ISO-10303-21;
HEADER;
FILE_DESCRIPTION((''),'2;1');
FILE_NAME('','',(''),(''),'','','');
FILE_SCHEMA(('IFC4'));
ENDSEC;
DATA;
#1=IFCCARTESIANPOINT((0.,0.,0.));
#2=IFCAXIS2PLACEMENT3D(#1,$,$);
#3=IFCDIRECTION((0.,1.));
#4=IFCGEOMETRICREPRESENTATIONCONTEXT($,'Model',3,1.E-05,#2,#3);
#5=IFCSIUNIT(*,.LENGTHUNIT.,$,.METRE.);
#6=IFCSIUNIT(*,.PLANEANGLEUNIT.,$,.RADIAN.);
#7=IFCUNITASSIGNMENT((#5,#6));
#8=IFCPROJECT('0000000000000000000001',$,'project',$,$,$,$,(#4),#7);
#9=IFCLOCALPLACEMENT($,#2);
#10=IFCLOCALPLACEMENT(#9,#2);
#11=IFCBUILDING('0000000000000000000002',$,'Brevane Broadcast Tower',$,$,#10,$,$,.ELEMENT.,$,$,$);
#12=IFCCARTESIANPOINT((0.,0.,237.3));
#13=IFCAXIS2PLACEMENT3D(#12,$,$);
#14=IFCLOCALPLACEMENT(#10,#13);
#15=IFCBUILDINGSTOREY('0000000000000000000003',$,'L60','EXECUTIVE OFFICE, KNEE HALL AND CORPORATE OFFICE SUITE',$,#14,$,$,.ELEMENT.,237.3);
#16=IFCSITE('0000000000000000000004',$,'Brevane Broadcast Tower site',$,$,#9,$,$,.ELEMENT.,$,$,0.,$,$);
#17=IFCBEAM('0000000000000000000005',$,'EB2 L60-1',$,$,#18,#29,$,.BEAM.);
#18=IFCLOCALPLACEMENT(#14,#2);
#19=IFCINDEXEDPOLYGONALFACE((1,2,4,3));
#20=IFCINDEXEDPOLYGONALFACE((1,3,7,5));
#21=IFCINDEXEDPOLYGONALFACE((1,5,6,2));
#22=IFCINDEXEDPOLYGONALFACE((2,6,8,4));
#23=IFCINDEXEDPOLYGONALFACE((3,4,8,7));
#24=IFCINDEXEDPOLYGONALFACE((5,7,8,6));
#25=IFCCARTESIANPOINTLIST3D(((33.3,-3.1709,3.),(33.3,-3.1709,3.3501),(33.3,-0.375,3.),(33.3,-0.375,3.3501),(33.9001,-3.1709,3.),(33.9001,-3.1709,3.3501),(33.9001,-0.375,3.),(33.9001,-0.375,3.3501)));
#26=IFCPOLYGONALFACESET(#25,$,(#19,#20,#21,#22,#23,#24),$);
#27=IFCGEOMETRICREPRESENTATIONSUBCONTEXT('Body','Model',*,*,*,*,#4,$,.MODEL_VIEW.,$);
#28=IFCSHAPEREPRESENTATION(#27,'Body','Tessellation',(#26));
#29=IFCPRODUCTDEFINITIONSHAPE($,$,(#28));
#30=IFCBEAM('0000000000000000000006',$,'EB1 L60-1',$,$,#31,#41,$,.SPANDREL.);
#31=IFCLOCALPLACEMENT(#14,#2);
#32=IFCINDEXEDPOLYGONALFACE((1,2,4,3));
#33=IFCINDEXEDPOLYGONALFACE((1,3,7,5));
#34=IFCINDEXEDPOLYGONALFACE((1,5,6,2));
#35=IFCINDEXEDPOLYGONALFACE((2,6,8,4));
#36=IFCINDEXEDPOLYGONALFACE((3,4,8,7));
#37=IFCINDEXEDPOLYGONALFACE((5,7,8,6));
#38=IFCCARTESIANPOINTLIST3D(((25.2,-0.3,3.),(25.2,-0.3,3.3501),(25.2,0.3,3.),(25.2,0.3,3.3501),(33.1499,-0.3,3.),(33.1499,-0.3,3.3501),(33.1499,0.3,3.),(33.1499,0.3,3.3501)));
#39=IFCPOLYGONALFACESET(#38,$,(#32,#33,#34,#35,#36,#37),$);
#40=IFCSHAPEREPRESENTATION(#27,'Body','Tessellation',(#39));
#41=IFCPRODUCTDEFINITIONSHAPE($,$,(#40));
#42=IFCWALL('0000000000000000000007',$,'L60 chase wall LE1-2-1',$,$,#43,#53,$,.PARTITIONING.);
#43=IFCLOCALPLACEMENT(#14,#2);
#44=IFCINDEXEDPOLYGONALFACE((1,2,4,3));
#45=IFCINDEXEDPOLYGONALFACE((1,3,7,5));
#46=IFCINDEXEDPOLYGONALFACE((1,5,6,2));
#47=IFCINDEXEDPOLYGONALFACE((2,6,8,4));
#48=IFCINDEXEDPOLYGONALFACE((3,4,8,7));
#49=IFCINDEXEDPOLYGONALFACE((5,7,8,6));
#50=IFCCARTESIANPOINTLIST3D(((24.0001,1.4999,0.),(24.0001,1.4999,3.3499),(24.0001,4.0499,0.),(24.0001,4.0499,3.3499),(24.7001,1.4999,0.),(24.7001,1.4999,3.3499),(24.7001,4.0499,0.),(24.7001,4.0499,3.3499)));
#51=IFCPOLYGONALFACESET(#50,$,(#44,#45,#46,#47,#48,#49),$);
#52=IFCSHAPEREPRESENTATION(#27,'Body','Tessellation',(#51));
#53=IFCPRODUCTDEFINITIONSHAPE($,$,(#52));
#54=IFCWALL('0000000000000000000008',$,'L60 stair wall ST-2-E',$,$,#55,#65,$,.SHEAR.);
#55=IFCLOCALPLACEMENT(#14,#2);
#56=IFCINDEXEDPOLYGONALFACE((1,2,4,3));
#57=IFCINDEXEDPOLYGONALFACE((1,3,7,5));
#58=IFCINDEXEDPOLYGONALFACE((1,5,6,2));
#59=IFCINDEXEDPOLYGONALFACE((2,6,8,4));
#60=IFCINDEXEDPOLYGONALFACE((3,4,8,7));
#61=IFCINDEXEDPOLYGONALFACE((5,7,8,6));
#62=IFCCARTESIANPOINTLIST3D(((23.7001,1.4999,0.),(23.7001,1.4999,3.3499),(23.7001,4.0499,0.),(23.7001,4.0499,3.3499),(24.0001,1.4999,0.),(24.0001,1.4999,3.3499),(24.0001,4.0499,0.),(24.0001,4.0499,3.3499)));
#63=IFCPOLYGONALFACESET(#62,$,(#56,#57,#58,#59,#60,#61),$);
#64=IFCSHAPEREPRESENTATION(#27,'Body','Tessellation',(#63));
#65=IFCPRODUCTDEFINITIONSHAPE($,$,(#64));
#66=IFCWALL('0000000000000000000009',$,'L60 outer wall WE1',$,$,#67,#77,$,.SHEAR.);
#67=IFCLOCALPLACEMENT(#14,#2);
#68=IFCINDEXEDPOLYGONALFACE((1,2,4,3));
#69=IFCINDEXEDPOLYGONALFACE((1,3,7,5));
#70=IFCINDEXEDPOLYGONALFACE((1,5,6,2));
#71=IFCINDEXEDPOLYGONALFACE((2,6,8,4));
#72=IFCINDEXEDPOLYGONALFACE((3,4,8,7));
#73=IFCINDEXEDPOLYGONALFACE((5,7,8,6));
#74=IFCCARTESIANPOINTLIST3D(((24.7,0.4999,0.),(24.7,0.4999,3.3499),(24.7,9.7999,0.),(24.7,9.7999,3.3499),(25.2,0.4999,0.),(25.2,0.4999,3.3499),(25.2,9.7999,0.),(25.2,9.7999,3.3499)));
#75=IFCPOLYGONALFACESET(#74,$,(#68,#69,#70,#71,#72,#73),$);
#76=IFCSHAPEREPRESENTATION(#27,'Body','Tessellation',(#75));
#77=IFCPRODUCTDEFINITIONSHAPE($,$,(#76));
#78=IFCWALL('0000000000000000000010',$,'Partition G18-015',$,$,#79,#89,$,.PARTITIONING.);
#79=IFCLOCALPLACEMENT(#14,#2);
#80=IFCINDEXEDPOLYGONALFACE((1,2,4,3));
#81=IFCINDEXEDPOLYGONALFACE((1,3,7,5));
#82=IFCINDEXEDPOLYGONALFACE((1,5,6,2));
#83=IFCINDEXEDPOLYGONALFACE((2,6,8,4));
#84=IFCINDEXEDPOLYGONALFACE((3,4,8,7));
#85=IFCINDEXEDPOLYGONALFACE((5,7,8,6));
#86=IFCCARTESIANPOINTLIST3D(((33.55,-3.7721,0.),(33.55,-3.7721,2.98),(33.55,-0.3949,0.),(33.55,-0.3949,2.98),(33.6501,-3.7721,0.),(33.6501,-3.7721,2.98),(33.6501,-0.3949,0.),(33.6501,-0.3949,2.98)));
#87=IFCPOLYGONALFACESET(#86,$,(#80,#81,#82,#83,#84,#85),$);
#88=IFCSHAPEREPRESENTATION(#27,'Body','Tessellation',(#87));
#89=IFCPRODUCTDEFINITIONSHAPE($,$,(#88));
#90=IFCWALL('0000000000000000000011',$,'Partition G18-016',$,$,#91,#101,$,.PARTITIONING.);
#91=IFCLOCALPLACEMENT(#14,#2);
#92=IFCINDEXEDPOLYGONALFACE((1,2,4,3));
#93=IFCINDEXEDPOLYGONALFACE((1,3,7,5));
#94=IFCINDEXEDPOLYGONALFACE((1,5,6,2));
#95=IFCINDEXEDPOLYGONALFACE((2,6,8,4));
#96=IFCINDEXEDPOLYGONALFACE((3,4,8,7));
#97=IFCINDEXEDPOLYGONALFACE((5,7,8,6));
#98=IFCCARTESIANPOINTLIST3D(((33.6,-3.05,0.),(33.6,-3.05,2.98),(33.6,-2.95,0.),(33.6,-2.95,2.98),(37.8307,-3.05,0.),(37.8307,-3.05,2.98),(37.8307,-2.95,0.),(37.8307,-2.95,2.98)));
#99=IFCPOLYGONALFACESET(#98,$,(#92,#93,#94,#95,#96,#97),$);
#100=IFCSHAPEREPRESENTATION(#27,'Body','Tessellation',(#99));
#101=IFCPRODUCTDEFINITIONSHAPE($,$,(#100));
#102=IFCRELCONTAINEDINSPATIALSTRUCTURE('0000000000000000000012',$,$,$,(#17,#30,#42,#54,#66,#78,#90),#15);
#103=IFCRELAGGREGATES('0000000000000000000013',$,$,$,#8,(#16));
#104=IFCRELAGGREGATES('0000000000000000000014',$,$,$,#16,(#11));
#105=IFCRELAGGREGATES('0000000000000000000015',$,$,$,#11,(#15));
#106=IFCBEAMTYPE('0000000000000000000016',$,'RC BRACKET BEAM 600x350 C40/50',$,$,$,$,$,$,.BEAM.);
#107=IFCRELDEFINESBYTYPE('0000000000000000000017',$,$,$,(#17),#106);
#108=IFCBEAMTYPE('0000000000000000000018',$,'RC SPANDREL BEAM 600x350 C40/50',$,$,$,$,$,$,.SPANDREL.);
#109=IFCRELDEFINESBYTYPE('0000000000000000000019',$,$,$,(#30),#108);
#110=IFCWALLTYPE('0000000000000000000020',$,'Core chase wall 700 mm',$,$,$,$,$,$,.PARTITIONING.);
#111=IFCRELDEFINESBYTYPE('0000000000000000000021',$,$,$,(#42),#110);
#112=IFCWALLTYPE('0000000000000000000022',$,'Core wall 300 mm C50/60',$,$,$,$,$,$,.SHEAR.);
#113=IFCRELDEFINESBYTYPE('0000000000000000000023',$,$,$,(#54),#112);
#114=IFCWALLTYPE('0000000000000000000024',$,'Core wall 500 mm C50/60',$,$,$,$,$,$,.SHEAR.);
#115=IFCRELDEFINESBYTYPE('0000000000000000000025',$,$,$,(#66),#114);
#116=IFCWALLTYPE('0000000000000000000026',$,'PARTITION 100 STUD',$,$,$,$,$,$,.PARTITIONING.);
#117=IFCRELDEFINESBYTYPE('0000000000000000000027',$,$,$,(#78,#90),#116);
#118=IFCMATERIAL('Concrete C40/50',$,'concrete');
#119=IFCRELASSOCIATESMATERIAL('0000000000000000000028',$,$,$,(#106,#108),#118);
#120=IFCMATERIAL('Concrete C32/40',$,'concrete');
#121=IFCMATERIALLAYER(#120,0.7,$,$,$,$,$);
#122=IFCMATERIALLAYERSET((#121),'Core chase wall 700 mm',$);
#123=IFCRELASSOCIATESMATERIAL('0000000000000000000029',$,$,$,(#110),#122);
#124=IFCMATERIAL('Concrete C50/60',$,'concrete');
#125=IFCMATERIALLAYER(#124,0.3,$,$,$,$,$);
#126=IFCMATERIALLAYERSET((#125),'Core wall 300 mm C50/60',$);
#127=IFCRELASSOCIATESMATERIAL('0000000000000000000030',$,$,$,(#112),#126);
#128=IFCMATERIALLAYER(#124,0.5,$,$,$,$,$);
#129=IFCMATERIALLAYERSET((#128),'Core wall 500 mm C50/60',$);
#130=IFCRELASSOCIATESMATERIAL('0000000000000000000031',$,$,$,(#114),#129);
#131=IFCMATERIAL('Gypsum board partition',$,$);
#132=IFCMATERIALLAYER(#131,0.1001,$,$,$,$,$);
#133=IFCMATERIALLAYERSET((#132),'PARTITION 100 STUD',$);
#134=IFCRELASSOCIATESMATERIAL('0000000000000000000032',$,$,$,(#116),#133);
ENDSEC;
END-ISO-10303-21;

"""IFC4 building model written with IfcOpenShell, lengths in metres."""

from ifc_helpers import new_model, si_unit, direction, frame, frame_2d, origin, origin_2d, place, context, subcontext, project, spatial, rectangle, extrude, material, layer, layer_set, material_profile, profile_set, type_object, element, save


model = new_model("IFC4")

# Units and contexts
model_context = context("Model", 3, precision=1e-05, world=origin(), true_north=direction((0.0, 1.0)))
body_context = subcontext(model_context, "Body", "Model", "MODEL_VIEW")
ifc_project = project(units=[si_unit("LENGTHUNIT", "METRE"), si_unit("PLANEANGLEUNIT", "RADIAN")], contexts=[model_context])

# Site, building, storey
site_placement = place(None, origin())
site = spatial("IfcSite", under=ifc_project, at=site_placement, Name="Brevane Broadcast Tower site", CompositionType="ELEMENT", RefElevation=0.0)
building_placement = place(site_placement, origin())
building = spatial("IfcBuilding", under=site, at=building_placement, Name="Brevane Broadcast Tower", CompositionType="ELEMENT")
storey_placement = place(building_placement, frame((0.0, 0.0, 237.3)))
storey = spatial("IfcBuildingStorey", under=building, at=storey_placement, Name="L60", Description="EXECUTIVE OFFICE, KNEE HALL AND CORPORATE OFFICE SUITE", CompositionType="ELEMENT", Elevation=237.3)

# Shared definitions
ifc_material_1 = material(Name="Concrete C50/60", Category="concrete")

# Beams
ifc_material_2 = material(Name="Concrete C40/50", Category="concrete")
ifc_material_profile_1 = material_profile(ifc_material_2, rectangle(XDim=0.6001, YDim=0.3501, at=origin_2d()), Name="RC 600x350")
ifc_profile_set_1 = profile_set([ifc_material_profile_1], Name="Concrete C40/50")
beam_type_1 = type_object("IfcBeamType", Name="RC BRACKET BEAM 600x350 C40/50", PredefinedType="BEAM", material=ifc_profile_set_1)
beam_1_placement = place(storey_placement, frame((33.6001, -0.375, 3.175), z_axis=(0.0, -1.0, 0.0), x_axis=(1.0, 0.0, 0.0)))
element("IfcBeam", 1, at=beam_1_placement, inside=storey, type_object=beam_type_1, Name="EB2 L60-1", PredefinedType="BEAM", context=body_context, shape_type="SweptSolid", body=[
    extrude(rectangle(XDim=0.6001, YDim=0.3501, at=origin_2d()), origin(), (0.0, 0.0, 1.0), 2.7959),
])
ifc_material_profile_2 = material_profile(ifc_material_2, rectangle(XDim=0.6001, YDim=0.3501, at=origin_2d()), Name="RC 600x350")
ifc_profile_set_2 = profile_set([ifc_material_profile_2], Name="Concrete C40/50")
beam_type_2 = type_object("IfcBeamType", Name="RC SPANDREL BEAM 600x350 C40/50", PredefinedType="SPANDREL", material=ifc_profile_set_2)
beam_2_placement = place(storey_placement, frame((25.2, 0.0, 3.175), z_axis=(1.0, 0.0, 0.0), x_axis=(0.0, 1.0, 0.0)))
element("IfcBeam", 2, at=beam_2_placement, inside=storey, type_object=beam_type_2, Name="EB1 L60-1", PredefinedType="SPANDREL", context=body_context, shape_type="SweptSolid", body=[
    extrude(rectangle(XDim=0.6001, YDim=0.3501, at=origin_2d()), origin(), (0.0, 0.0, 1.0), 7.95),
])

# Walls
ifc_material_3 = material(Name="Concrete C32/40", Category="concrete")
ifc_layer_1 = layer(ifc_material_3, 0.7)
ifc_layer_set_1 = layer_set([ifc_layer_1], Name="Core chase wall 700 mm")
wall_type_1 = type_object("IfcWallType", Name="Core chase wall 700 mm", PredefinedType="PARTITIONING", material=ifc_layer_set_1)
wall_1_placement = place(storey_placement, frame((24.3501, 1.5, 0.0), z_axis=(0.0, 0.0, 1.0), x_axis=(0.0, 1.0, 0.0)))
element("IfcWall", 3, at=wall_1_placement, inside=storey, type_object=wall_type_1, Name="L60 chase wall LE1-2-1", PredefinedType="PARTITIONING", context=body_context, shape_type="SweptSolid", body=[
    extrude(rectangle(XDim=2.55, YDim=0.7, at=frame_2d((1.2749, 0.0))), origin(), (0.0, 0.0, 1.0), 3.3499),
])
ifc_layer_2 = layer(ifc_material_1, 0.3)
ifc_layer_set_2 = layer_set([ifc_layer_2], Name="Core wall 300 mm C50/60")
wall_type_2 = type_object("IfcWallType", Name="Core wall 300 mm C50/60", PredefinedType="SHEAR", material=ifc_layer_set_2)
wall_2_placement = place(storey_placement, frame((23.8501, 1.5, 0.0), z_axis=(0.0, 0.0, 1.0), x_axis=(0.0, 1.0, 0.0)))
element("IfcWall", 4, at=wall_2_placement, inside=storey, type_object=wall_type_2, Name="L60 stair wall ST-2-E", PredefinedType="SHEAR", context=body_context, shape_type="SweptSolid", body=[
    extrude(rectangle(XDim=2.55, YDim=0.3, at=frame_2d((1.2749, 0.0))), origin(), (0.0, 0.0, 1.0), 3.3499),
])
ifc_layer_3 = layer(ifc_material_1, 0.5)
ifc_layer_set_3 = layer_set([ifc_layer_3], Name="Core wall 500 mm C50/60")
wall_type_3 = type_object("IfcWallType", Name="Core wall 500 mm C50/60", PredefinedType="SHEAR", material=ifc_layer_set_3)
wall_3_placement = place(storey_placement, frame((24.95, 0.5, 0.0), z_axis=(0.0, 0.0, 1.0), x_axis=(0.0, 1.0, 0.0)))
element("IfcWall", 5, at=wall_3_placement, inside=storey, type_object=wall_type_3, Name="L60 outer wall WE1", PredefinedType="SHEAR", context=body_context, shape_type="SweptSolid", body=[
    extrude(rectangle(XDim=9.3, YDim=0.5, at=frame_2d((4.6499, 0.0))), origin(), (0.0, 0.0, 1.0), 3.3499),
])
ifc_material_4 = material(Name="Gypsum board partition")
ifc_layer_4 = layer(ifc_material_4, 0.1001)
ifc_layer_set_4 = layer_set([ifc_layer_4], Name="PARTITION 100 STUD")
wall_type_4 = type_object("IfcWallType", Name="PARTITION 100 STUD", PredefinedType="PARTITIONING", material=ifc_layer_set_4)
wall_4_placement = place(storey_placement, frame((33.6001, -0.395, 0.0), z_axis=(0.0, 0.0, 1.0), x_axis=(0.0, -1.0, 0.0)))
element("IfcWall", 6, at=wall_4_placement, inside=storey, type_object=wall_type_4, Name="Partition G18-015", PredefinedType="PARTITIONING", context=body_context, shape_type="SweptSolid", body=[
    extrude(rectangle(XDim=3.3772, YDim=0.1001, at=frame_2d((1.6885, 0.0))), origin(), (0.0, 0.0, 1.0), 2.98),
])
wall_5_placement = place(storey_placement, frame((33.6001, -3.0, 0.0), z_axis=(0.0, 0.0, 1.0), x_axis=(1.0, 0.0, 0.0)))
element("IfcWall", 7, at=wall_5_placement, inside=storey, type_object=wall_type_4, Name="Partition G18-016", PredefinedType="PARTITIONING", context=body_context, shape_type="SweptSolid", body=[
    extrude(rectangle(XDim=4.2307, YDim=0.1001, at=frame_2d((2.1152, 0.0))), origin(), (0.0, 0.0, 1.0), 2.98),
])

save(model, "model.ifc")
